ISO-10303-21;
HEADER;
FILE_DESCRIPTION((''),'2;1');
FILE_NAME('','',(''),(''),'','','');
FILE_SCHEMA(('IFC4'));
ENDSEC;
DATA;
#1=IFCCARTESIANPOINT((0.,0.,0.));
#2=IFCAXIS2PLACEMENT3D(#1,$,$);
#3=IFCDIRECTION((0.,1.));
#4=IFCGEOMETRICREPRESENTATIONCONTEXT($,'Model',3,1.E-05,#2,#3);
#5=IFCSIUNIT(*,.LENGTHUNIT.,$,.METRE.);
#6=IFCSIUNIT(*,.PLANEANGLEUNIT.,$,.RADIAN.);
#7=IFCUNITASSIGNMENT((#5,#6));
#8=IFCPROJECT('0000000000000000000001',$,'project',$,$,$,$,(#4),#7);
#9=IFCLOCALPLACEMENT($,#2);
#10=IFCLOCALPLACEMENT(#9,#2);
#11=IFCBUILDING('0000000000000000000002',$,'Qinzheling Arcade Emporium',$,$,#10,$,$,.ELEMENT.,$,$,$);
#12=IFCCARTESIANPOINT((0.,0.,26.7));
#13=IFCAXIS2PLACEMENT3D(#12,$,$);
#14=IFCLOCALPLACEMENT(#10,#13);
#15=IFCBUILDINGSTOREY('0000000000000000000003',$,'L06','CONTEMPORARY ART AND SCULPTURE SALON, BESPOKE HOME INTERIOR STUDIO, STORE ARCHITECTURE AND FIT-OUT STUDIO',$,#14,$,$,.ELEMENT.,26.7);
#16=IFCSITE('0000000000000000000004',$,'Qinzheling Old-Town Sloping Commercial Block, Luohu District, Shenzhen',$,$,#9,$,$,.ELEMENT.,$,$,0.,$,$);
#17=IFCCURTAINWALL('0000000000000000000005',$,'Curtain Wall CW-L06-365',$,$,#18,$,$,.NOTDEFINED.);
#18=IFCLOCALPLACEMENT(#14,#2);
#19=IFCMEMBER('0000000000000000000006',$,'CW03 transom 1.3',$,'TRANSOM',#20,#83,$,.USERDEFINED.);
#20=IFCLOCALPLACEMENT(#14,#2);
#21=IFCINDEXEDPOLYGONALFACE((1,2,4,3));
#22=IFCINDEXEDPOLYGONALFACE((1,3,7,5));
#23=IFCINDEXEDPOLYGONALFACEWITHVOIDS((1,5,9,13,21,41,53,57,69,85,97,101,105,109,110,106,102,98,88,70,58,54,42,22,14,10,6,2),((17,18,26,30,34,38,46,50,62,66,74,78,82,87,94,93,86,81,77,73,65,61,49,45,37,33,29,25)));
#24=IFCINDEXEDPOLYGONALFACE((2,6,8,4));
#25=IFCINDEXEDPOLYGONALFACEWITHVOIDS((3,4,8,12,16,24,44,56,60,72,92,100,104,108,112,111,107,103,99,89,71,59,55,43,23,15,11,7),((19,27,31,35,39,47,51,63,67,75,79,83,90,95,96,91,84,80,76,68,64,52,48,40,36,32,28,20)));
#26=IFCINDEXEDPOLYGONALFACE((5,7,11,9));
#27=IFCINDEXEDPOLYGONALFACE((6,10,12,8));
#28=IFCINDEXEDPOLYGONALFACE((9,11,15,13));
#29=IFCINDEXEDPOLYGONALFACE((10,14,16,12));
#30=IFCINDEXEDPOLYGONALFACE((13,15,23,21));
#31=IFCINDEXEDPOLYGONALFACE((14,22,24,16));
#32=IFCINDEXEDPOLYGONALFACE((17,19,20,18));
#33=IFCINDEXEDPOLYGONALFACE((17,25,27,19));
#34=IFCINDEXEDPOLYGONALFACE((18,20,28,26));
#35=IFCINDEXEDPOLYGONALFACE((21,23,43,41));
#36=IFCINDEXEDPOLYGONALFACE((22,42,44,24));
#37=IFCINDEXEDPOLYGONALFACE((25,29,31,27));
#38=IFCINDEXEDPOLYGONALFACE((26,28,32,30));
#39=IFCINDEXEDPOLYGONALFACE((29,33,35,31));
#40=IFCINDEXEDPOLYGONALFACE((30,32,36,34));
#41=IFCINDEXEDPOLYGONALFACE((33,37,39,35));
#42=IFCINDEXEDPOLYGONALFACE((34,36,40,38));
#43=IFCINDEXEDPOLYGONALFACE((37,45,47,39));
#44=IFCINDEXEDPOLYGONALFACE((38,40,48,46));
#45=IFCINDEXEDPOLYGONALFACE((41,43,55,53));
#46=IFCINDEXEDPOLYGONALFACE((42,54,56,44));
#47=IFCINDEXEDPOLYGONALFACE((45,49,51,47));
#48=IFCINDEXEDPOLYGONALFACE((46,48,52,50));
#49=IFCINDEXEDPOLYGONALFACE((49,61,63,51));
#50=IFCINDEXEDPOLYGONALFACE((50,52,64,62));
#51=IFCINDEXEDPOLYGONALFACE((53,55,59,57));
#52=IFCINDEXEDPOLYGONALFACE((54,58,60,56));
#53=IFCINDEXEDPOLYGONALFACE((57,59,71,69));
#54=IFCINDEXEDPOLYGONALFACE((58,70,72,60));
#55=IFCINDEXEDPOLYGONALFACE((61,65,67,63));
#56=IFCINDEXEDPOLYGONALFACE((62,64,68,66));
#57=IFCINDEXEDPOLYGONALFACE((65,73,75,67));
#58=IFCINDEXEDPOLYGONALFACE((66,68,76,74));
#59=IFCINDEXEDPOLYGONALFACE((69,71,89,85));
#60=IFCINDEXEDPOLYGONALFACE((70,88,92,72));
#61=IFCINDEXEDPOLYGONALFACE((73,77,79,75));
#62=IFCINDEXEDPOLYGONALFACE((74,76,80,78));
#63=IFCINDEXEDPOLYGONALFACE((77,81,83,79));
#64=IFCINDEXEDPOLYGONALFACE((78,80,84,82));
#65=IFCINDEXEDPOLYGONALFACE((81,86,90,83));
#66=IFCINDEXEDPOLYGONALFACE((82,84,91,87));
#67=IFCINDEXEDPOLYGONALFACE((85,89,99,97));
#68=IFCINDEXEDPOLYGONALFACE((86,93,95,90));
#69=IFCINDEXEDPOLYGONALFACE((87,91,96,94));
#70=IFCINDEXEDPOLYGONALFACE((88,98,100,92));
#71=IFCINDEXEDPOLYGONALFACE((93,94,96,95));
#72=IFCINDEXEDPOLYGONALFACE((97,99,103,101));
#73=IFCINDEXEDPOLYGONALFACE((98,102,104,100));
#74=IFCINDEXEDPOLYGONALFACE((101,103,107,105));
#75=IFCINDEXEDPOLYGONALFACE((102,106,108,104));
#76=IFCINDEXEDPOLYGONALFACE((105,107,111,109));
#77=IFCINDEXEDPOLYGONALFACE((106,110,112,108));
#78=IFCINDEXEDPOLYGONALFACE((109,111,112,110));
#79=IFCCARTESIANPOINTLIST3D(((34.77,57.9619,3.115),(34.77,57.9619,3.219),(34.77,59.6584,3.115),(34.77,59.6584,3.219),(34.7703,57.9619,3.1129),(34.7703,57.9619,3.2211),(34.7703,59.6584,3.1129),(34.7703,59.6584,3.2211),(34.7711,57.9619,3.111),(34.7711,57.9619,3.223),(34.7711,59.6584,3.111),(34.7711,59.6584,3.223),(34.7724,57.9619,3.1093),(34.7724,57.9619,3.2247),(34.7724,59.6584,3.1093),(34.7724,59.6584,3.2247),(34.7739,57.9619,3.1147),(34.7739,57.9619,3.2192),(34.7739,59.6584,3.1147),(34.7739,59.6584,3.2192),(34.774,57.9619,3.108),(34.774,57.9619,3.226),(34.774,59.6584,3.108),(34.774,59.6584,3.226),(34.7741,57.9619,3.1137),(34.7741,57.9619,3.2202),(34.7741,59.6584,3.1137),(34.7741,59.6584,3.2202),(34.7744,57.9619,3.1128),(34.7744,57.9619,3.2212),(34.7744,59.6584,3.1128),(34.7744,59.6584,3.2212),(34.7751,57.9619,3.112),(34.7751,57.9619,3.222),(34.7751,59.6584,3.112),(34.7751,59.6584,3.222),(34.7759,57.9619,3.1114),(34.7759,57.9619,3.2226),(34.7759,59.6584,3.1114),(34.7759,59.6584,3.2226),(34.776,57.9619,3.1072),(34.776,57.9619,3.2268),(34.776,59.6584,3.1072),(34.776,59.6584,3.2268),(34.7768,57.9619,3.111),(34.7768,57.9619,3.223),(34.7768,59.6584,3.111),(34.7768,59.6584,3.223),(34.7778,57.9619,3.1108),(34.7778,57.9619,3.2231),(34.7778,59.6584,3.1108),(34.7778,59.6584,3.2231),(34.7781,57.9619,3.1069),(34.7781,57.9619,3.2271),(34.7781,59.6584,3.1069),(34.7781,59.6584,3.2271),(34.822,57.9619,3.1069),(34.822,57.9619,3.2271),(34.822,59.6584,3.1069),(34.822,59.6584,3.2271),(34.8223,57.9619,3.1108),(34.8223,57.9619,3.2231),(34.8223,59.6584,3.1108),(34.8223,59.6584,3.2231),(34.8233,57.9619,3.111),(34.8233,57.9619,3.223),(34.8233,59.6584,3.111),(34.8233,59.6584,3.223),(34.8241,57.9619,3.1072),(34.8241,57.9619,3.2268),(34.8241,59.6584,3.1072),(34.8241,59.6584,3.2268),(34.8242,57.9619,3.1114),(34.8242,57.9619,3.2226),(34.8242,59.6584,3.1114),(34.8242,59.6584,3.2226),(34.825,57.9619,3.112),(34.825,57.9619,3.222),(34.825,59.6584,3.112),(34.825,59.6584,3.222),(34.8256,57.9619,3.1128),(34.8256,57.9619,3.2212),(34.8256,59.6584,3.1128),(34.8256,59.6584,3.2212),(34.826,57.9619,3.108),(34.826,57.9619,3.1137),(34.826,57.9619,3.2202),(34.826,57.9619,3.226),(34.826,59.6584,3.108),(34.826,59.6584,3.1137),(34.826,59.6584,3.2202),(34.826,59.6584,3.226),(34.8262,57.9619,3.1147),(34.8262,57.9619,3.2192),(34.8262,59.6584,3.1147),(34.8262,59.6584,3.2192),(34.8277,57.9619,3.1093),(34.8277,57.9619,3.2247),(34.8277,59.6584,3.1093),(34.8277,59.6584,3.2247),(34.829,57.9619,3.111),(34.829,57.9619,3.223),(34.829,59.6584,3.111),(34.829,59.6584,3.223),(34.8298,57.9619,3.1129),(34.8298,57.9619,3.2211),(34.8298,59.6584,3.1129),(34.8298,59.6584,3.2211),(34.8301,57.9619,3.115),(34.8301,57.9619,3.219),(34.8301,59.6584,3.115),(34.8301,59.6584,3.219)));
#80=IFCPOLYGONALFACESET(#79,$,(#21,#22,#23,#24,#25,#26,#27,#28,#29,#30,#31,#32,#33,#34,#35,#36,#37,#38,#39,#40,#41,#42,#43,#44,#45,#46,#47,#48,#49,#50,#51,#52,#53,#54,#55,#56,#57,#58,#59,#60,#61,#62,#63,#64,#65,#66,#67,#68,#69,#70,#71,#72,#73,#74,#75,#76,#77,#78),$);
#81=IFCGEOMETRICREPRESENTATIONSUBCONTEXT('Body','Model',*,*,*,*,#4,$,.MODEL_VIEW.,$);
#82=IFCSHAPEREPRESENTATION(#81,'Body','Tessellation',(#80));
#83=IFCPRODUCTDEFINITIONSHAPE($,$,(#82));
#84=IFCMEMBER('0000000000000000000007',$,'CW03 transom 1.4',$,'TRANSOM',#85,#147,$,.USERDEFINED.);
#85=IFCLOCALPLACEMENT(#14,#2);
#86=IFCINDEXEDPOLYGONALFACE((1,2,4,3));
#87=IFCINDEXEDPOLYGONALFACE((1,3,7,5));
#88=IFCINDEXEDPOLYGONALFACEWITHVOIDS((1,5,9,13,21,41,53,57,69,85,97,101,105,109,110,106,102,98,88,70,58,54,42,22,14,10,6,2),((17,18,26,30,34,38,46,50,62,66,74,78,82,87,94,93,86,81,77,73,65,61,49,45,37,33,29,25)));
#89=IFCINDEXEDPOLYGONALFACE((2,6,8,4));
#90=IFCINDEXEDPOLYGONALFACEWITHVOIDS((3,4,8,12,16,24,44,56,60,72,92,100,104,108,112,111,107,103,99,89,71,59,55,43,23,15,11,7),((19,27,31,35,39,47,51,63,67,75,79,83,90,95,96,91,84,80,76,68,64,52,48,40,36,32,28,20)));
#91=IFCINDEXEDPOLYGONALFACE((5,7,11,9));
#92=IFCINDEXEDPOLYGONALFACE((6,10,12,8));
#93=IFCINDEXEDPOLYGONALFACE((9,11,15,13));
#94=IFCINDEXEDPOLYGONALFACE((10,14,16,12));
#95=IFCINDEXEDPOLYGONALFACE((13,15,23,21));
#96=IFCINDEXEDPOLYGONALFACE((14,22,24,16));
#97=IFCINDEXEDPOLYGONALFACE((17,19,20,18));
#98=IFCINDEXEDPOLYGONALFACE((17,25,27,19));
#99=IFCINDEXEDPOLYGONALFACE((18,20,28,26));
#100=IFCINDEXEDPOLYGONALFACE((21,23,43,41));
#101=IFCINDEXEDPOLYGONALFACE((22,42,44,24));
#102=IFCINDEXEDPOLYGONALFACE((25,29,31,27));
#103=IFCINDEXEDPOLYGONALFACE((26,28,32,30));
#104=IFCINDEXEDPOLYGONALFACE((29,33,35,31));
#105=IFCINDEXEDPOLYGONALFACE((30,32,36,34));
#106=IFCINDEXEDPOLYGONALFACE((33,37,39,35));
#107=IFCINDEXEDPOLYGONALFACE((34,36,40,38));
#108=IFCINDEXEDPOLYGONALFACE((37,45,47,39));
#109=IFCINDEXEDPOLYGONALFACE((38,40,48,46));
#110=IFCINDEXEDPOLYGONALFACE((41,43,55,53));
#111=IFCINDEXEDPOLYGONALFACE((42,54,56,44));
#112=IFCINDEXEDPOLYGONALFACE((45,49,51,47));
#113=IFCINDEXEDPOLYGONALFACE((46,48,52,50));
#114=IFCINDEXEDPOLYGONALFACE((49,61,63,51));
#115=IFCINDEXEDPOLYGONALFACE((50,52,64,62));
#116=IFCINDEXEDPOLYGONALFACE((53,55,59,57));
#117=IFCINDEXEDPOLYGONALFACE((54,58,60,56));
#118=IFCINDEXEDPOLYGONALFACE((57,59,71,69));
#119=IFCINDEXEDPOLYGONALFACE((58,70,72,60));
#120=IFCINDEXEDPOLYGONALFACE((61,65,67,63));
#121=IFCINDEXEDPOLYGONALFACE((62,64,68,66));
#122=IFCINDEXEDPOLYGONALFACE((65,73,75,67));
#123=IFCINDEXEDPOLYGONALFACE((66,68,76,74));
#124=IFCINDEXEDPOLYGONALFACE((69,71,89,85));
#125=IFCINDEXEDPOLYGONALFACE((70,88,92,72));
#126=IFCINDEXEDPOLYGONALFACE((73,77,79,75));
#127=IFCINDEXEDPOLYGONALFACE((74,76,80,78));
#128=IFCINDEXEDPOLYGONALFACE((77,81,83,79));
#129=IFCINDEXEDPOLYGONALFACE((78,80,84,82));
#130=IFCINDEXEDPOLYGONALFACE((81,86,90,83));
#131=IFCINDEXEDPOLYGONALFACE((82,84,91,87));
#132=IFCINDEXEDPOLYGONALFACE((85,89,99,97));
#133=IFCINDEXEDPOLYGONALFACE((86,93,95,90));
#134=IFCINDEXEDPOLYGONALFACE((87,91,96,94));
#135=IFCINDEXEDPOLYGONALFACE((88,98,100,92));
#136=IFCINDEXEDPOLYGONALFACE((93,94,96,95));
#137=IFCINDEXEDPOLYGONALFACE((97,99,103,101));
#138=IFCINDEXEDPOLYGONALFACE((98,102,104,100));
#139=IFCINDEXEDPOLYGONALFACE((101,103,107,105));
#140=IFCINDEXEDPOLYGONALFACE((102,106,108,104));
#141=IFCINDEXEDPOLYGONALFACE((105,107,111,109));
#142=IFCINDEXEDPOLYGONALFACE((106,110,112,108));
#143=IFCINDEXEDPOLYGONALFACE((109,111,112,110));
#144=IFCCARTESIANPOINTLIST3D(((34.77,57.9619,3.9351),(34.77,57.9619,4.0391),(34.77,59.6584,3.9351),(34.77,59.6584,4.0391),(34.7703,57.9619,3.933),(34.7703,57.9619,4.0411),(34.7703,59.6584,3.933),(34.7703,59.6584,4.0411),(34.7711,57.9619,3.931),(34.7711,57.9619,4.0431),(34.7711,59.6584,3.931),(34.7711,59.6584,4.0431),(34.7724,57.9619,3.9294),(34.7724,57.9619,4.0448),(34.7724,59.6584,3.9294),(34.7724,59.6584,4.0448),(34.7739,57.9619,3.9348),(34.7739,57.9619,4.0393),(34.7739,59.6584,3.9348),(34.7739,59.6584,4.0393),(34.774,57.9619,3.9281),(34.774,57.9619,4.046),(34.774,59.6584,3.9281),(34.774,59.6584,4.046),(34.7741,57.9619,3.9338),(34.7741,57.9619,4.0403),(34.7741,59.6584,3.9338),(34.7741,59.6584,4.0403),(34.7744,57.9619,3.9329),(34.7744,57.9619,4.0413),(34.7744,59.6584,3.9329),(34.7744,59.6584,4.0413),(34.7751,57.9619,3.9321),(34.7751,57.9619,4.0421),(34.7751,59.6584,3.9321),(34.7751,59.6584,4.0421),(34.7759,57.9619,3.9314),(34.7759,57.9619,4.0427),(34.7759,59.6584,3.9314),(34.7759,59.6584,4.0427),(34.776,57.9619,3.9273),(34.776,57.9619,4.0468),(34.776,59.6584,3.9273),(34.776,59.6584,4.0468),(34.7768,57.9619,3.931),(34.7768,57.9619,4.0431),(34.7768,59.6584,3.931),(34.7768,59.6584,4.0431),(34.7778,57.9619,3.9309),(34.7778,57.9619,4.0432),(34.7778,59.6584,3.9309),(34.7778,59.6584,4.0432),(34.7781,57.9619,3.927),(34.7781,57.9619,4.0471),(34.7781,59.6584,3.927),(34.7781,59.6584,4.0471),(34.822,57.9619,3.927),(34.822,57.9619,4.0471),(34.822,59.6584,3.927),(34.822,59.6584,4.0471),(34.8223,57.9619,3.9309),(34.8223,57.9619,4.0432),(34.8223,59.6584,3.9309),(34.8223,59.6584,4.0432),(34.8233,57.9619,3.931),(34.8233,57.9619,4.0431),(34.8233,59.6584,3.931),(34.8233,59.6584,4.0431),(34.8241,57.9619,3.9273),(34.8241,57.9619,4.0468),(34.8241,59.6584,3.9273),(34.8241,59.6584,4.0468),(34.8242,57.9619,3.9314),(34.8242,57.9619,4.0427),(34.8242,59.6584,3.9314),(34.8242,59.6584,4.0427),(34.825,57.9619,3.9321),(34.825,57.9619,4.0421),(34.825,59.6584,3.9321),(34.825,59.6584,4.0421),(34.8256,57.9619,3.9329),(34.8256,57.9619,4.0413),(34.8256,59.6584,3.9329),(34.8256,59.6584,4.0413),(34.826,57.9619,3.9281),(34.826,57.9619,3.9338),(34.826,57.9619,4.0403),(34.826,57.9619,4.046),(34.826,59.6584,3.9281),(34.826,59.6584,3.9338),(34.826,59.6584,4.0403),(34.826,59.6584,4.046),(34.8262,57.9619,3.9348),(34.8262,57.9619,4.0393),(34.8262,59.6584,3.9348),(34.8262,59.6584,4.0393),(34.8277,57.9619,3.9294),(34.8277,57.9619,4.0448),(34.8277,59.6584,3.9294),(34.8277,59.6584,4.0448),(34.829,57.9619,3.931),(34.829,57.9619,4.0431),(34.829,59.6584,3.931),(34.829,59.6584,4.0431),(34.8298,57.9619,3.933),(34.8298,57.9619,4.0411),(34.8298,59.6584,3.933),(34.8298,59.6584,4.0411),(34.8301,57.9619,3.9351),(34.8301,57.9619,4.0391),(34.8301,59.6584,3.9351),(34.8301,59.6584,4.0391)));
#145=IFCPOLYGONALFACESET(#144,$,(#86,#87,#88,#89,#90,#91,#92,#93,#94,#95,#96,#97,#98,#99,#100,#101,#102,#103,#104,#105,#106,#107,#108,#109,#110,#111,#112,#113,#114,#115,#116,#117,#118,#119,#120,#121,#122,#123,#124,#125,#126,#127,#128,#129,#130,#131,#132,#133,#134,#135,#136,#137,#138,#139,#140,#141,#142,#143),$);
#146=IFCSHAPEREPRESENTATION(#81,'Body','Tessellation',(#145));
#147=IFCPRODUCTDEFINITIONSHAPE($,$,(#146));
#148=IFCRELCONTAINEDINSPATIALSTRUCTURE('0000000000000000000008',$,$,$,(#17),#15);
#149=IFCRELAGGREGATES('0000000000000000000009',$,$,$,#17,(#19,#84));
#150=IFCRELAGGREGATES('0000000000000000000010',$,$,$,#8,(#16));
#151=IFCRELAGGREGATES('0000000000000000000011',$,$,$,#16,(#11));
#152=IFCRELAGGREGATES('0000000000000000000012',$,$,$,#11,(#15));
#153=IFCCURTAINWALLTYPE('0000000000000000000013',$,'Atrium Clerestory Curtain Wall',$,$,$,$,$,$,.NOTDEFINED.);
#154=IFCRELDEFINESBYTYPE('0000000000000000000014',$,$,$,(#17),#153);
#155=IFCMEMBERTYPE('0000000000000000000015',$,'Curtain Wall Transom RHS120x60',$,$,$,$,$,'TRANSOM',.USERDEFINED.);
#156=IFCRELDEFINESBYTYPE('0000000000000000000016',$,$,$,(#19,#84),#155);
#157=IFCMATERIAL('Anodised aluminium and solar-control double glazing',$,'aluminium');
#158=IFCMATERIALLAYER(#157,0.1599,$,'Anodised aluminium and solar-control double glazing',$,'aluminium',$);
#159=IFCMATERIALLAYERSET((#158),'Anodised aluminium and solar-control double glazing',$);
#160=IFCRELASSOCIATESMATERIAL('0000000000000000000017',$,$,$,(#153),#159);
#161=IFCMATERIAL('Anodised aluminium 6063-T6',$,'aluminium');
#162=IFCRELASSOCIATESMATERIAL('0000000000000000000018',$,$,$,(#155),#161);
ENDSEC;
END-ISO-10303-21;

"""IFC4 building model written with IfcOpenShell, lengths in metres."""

from ifc_helpers import new_model, si_unit, direction, frame, origin, origin_2d, place, context, subcontext, project, spatial, hollow_rectangle, extrude, material, layer, layer_set, material_profile, profile_set, type_object, element, aggregate, save


model = new_model("IFC4")

# Units and contexts
model_context = context("Model", 3, precision=1e-05, world=origin(), true_north=direction((0.0, 1.0)))
body_context = subcontext(model_context, "Body", "Model", "MODEL_VIEW")
ifc_project = project(units=[si_unit("LENGTHUNIT", "METRE"), si_unit("PLANEANGLEUNIT", "RADIAN")], contexts=[model_context])

# Site, building, storey
site_placement = place(None, origin())
site = spatial("IfcSite", under=ifc_project, at=site_placement, Name="Qinzheling Old-Town Sloping Commercial Block, Luohu District, Shenzhen", CompositionType="ELEMENT", RefElevation=0.0)
building_placement = place(site_placement, origin())
building = spatial("IfcBuilding", under=site, at=building_placement, Name="Qinzheling Arcade Emporium", CompositionType="ELEMENT")
storey_placement = place(building_placement, frame((0.0, 0.0, 26.7)))
storey = spatial("IfcBuildingStorey", under=building, at=storey_placement, Name="L06", Description="CONTEMPORARY ART AND SCULPTURE SALON, BESPOKE HOME INTERIOR STUDIO, STORE ARCHITECTURE AND FIT-OUT STUDIO", CompositionType="ELEMENT", Elevation=26.7)

# Curtain wall
ifc_material_1 = material(Name="Anodised aluminium and solar-control double glazing", Category="aluminium")
ifc_layer_1 = layer(ifc_material_1, 0.1599, Name="Anodised aluminium and solar-control double glazing", Category="aluminium")
ifc_layer_set_1 = layer_set([ifc_layer_1], Name="Anodised aluminium and solar-control double glazing")
curtain_wall_type = type_object("IfcCurtainWallType", Name="Atrium Clerestory Curtain Wall", PredefinedType="NOTDEFINED", material=ifc_layer_set_1)
ifc_material_2 = material(Name="Anodised aluminium 6063-T6", Category="aluminium")
curtain_wall_1_placement = place(storey_placement, origin())
curtain_wall_1 = element("IfcCurtainWall", 1, at=curtain_wall_1_placement, inside=storey, type_object=curtain_wall_type, Name="Curtain Wall CW-L06-365", PredefinedType="NOTDEFINED")

# Members
ifc_material_profile_1 = material_profile(ifc_material_2, hollow_rectangle(XDim=0.0601, YDim=0.1201, WallThickness=0.0039, InnerFilletRadius=0.0039, OuterFilletRadius=0.0081, at=origin_2d()), Name="RHS 120x60x4", Category="aluminium")
ifc_profile_set_1 = profile_set([ifc_material_profile_1], Name="Anodised aluminium 6063-T6")
member_type_1 = type_object("IfcMemberType", Name="Curtain Wall Transom RHS120x60", ElementType="TRANSOM", PredefinedType="USERDEFINED", material=ifc_profile_set_1)
member_1_placement = place(storey_placement, frame((34.8, 57.9619, 3.167), z_axis=(0.0, 1.0, 0.0), x_axis=(-1.0, 0.0, 0.0)))
member_1 = element("IfcMember", 2, at=member_1_placement, type_object=member_type_1, Name="CW03 transom 1.3", ObjectType="TRANSOM", PredefinedType="USERDEFINED", context=body_context, shape_type="SweptSolid", body=[
    extrude(hollow_rectangle(XDim=0.0601, YDim=0.1201, WallThickness=0.0039, InnerFilletRadius=0.0039, OuterFilletRadius=0.0081, at=origin_2d()), origin(), (0.0, 0.0, 1.0), 1.6965),
])
member_2_placement = place(storey_placement, frame((34.8, 57.9619, 3.9871), z_axis=(0.0, 1.0, 0.0), x_axis=(-1.0, 0.0, 0.0)))
member_2 = element("IfcMember", 3, at=member_2_placement, type_object=member_type_1, Name="CW03 transom 1.4", ObjectType="TRANSOM", PredefinedType="USERDEFINED", context=body_context, shape_type="SweptSolid", body=[
    extrude(hollow_rectangle(XDim=0.0601, YDim=0.1201, WallThickness=0.0039, InnerFilletRadius=0.0039, OuterFilletRadius=0.0081, at=origin_2d()), origin(), (0.0, 0.0, 1.0), 1.6965),
])

aggregate(curtain_wall_1, [member_1, member_2])

save(model, "model.ifc")
